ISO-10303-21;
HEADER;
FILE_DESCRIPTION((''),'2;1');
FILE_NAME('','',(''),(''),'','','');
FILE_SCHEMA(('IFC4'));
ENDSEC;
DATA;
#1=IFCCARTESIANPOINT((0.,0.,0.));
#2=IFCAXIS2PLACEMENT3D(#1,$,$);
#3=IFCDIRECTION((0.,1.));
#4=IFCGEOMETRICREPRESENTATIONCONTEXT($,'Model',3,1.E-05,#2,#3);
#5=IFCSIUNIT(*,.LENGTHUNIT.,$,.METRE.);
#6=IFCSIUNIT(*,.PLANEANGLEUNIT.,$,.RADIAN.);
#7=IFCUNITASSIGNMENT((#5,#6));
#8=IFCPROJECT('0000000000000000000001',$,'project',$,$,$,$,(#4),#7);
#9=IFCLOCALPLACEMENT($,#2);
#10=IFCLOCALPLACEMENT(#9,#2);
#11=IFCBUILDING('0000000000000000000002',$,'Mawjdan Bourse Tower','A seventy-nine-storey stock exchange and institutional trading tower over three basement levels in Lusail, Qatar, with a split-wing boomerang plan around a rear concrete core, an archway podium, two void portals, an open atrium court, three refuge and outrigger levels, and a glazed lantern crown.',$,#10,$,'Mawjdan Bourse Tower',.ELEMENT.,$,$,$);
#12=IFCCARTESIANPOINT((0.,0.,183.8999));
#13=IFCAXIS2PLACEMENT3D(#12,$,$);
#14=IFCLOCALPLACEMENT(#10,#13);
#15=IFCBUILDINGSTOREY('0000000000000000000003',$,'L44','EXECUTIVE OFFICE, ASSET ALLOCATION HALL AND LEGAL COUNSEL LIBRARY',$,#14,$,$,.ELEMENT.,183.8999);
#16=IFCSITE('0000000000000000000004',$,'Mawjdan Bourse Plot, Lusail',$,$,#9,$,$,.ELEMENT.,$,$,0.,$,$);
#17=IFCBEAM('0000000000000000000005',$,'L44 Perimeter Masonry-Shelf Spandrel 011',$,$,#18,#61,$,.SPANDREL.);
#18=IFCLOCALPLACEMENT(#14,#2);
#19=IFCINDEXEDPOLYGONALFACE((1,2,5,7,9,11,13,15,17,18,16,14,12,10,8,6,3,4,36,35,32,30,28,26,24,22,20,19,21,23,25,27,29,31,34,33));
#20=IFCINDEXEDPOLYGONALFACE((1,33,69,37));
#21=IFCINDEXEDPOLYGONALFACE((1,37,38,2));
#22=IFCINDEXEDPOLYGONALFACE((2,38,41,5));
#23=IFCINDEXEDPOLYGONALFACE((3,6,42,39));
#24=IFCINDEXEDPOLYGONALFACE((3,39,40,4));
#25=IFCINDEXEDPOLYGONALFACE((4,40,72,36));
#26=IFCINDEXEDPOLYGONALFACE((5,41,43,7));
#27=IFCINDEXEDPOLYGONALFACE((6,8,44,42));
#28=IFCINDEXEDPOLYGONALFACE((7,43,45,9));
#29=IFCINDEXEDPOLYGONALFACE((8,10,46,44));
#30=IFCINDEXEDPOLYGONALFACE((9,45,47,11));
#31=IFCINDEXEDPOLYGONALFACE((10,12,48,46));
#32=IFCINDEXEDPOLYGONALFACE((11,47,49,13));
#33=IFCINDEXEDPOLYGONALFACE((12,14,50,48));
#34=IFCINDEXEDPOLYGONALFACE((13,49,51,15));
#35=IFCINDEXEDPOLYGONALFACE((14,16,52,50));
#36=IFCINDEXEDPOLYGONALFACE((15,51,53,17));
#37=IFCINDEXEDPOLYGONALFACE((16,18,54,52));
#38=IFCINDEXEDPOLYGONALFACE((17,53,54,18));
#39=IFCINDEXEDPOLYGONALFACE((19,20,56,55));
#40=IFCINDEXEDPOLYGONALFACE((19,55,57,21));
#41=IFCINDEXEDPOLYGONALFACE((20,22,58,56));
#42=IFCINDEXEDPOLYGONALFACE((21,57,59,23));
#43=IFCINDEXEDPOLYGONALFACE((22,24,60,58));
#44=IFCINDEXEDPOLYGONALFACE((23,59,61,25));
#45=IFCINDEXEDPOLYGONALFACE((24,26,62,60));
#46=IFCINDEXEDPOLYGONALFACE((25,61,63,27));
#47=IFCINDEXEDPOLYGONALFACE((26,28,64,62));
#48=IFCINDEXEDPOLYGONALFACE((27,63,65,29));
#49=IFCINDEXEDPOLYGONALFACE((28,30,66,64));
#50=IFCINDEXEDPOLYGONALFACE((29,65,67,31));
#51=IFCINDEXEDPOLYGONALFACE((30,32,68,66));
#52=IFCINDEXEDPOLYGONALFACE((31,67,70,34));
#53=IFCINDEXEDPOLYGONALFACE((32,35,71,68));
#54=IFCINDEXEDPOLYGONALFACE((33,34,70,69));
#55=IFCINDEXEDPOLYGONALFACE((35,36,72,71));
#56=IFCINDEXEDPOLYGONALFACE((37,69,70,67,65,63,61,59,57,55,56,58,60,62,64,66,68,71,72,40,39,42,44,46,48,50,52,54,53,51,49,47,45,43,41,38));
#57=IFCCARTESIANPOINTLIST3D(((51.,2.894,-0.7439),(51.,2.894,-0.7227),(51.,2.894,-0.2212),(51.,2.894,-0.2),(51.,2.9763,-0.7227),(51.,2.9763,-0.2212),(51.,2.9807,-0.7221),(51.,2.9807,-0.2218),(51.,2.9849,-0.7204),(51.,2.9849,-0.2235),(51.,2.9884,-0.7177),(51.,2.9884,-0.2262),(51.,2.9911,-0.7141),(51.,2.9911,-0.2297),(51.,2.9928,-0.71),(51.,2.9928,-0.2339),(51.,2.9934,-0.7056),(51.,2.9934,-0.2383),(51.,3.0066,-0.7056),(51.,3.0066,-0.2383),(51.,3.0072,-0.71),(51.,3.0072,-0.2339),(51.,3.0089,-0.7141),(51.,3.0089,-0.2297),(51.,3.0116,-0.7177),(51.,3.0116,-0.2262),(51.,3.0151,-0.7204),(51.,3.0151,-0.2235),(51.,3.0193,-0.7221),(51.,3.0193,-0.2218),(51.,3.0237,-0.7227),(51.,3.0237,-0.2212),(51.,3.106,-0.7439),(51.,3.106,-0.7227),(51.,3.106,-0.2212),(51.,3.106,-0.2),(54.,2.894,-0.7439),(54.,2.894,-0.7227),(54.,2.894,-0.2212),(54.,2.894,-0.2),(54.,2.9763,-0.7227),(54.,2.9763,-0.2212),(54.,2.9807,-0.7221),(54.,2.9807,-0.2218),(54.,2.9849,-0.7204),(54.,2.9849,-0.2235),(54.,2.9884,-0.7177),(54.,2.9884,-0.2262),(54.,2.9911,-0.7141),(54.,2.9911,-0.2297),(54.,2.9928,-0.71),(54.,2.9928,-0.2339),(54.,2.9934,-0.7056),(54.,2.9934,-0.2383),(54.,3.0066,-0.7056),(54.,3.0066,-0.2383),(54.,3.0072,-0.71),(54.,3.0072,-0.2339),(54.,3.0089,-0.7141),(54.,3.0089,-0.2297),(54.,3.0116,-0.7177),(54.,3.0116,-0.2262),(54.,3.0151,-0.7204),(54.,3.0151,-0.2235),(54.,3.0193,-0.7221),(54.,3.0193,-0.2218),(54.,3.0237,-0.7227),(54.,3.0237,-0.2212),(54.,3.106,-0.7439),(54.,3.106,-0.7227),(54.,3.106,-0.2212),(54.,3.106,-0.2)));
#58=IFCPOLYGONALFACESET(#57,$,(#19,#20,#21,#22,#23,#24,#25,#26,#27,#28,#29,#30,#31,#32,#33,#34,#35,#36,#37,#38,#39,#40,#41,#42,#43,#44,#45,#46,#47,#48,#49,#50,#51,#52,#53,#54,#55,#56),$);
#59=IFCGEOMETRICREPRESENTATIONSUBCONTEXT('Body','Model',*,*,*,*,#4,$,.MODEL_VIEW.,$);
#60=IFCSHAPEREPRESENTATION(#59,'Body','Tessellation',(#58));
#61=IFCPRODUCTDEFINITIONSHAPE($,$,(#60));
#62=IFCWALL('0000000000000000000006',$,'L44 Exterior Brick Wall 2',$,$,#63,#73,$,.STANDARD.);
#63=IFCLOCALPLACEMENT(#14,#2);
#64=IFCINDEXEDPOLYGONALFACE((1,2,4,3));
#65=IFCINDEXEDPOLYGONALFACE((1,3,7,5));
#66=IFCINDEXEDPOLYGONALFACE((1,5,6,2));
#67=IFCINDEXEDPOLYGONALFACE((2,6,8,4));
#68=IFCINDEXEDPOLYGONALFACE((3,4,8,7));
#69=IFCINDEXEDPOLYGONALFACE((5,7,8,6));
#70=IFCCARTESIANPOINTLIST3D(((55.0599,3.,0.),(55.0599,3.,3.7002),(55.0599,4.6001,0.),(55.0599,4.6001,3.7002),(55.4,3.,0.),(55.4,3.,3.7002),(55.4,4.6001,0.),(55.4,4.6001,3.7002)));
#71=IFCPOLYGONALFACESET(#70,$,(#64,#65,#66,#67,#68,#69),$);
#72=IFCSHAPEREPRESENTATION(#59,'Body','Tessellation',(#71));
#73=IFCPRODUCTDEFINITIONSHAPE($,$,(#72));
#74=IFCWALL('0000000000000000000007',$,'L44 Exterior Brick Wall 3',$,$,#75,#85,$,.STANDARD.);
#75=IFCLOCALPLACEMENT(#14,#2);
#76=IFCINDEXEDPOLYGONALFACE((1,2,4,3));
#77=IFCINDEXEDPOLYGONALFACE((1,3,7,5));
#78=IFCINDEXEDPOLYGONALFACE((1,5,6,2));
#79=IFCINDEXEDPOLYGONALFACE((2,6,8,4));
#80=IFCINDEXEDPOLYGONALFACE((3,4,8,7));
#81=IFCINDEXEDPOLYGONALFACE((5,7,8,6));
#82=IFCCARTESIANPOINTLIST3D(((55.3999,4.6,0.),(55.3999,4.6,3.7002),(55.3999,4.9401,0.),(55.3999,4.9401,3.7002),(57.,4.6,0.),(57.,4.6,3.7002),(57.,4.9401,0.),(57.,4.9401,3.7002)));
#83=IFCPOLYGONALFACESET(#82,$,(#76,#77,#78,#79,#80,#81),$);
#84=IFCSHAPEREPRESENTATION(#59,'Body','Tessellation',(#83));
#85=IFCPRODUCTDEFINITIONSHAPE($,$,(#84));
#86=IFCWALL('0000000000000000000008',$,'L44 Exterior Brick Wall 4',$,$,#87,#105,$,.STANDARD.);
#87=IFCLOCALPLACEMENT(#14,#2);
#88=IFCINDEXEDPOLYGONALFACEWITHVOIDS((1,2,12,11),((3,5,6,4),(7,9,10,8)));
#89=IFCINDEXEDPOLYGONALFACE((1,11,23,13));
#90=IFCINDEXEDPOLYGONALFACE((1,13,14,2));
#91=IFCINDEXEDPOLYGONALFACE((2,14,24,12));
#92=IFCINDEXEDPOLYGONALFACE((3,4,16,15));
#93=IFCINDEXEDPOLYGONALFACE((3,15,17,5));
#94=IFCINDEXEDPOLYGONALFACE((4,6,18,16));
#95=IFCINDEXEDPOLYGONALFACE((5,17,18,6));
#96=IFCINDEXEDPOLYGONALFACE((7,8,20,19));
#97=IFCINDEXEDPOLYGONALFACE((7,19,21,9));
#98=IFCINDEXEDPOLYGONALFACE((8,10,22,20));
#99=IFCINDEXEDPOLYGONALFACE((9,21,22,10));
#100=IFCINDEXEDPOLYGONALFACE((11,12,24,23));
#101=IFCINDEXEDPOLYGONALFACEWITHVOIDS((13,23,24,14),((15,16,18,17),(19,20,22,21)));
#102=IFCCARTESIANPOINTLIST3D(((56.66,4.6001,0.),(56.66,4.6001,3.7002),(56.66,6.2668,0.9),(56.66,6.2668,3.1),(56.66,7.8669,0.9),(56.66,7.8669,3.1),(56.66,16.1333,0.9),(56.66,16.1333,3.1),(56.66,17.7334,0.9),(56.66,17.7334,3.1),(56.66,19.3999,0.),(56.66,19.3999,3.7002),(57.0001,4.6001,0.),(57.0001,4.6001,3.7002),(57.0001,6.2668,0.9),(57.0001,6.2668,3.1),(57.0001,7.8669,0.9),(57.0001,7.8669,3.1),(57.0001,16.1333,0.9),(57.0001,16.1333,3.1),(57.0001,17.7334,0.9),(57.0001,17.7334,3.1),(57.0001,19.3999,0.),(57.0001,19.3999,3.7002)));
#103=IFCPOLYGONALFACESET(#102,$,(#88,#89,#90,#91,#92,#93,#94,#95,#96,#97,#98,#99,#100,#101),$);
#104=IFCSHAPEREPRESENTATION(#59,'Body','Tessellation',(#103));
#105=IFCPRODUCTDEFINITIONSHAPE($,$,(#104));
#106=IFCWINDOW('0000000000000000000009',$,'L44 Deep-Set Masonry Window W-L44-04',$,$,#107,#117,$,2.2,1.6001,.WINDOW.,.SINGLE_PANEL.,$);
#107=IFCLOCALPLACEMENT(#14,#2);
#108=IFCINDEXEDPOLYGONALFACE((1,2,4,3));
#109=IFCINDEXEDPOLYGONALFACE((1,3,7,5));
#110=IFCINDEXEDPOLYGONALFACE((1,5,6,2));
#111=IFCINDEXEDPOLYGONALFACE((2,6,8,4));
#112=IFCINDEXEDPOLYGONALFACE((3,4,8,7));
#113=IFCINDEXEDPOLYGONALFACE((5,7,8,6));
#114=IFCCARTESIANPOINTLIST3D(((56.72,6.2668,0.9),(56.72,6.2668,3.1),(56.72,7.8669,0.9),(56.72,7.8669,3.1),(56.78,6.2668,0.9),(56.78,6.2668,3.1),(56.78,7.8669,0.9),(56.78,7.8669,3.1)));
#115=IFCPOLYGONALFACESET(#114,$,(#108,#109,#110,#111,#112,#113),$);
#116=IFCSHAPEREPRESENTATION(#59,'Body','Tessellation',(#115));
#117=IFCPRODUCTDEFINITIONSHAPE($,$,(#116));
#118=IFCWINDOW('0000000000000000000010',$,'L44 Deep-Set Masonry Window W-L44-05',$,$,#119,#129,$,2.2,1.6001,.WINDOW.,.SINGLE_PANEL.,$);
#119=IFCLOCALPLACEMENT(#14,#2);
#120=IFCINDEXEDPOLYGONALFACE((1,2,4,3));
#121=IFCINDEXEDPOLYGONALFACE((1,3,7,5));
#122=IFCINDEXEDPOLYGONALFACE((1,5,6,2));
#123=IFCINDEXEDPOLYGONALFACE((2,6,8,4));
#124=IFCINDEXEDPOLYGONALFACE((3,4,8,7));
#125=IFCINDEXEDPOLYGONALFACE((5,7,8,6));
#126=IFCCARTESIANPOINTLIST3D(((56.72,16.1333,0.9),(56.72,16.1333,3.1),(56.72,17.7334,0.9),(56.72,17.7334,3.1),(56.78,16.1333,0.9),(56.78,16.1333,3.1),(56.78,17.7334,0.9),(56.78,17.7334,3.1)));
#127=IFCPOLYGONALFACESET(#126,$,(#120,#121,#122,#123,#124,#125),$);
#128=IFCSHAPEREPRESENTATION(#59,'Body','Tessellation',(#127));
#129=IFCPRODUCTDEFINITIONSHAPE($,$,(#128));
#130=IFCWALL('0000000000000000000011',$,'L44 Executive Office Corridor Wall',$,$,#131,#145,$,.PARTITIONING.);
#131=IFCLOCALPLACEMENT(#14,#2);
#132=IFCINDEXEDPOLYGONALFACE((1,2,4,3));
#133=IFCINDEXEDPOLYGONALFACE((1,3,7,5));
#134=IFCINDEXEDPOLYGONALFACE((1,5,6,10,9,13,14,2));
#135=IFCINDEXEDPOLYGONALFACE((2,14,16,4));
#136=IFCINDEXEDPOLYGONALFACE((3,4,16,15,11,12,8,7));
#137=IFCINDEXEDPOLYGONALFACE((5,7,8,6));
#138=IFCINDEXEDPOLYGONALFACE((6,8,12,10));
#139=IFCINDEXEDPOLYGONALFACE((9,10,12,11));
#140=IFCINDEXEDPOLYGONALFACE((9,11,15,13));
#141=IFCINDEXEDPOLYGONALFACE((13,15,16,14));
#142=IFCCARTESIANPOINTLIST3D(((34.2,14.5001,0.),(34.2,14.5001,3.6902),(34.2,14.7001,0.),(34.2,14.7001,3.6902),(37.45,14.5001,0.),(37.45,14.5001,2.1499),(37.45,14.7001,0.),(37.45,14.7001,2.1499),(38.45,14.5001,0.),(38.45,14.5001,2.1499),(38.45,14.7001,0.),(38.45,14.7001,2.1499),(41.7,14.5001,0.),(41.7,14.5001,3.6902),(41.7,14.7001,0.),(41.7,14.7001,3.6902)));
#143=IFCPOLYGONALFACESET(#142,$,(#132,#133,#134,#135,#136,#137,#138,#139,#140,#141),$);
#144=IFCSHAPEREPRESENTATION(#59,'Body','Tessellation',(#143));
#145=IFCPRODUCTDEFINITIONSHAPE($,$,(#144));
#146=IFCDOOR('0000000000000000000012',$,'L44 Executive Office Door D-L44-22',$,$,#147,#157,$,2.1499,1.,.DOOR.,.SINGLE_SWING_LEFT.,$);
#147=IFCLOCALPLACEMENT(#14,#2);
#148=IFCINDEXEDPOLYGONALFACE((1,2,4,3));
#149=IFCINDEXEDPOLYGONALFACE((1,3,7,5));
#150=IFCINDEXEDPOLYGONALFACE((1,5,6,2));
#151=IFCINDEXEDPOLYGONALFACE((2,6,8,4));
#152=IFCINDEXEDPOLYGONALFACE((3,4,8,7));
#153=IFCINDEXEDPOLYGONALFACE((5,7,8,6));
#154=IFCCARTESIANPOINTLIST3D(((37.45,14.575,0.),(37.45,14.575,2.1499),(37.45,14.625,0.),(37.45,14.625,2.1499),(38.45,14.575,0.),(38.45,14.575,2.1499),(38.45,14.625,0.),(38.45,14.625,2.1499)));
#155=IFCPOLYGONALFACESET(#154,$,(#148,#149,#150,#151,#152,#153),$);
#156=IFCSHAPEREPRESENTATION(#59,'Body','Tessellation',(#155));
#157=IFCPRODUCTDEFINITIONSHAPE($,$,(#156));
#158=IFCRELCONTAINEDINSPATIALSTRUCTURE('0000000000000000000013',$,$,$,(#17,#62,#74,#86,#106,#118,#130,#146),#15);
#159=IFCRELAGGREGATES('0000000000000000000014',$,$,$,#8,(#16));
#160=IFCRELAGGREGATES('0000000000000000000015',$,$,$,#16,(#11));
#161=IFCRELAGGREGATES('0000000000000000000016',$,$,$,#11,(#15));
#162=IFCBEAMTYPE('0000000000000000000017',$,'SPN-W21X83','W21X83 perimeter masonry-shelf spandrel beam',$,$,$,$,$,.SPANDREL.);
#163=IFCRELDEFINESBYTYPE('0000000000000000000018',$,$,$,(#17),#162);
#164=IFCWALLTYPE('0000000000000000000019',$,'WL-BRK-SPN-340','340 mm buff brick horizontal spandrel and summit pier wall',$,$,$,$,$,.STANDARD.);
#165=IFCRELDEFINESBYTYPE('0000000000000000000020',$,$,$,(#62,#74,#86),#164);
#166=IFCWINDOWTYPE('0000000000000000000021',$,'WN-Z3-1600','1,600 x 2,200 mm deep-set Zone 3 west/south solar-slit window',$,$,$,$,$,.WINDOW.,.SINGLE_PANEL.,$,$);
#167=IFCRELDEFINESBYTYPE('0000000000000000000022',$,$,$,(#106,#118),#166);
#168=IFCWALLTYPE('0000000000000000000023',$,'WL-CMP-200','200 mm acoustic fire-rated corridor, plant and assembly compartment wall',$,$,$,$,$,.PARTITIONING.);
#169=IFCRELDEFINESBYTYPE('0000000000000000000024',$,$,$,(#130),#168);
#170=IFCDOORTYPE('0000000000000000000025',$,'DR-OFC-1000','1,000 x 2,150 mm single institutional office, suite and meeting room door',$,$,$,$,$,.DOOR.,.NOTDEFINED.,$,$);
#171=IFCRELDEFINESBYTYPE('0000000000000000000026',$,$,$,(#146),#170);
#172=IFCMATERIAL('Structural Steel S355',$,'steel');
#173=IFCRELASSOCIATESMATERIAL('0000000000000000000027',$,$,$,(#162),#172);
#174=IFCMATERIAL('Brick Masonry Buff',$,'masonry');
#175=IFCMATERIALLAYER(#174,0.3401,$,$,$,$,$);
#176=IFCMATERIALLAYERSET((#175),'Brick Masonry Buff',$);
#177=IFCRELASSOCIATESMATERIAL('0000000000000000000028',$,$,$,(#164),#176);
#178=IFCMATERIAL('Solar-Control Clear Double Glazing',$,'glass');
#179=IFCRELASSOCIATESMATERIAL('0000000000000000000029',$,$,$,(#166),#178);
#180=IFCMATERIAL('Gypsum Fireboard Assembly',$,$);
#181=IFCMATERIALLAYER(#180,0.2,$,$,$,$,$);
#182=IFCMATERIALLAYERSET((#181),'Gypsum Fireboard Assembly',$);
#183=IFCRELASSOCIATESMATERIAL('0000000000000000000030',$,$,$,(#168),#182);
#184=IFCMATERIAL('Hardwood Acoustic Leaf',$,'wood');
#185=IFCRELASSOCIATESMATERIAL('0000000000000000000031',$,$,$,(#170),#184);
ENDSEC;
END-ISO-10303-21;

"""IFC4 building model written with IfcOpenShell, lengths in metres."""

from ifc_helpers import new_model, si_unit, direction, frame, frame_2d, origin, origin_2d, place, context, subcontext, project, spatial, rectangle, i_section, extrude, material, layer, layer_set, material_profile, profile_set, type_object, element, fill, save


model = new_model("IFC4")

# Units and contexts
model_context = context("Model", 3, precision=1e-05, world=origin(), true_north=direction((0.0, 1.0)))
body_context = subcontext(model_context, "Body", "Model", "MODEL_VIEW")
ifc_project = project(units=[si_unit("LENGTHUNIT", "METRE"), si_unit("PLANEANGLEUNIT", "RADIAN")], contexts=[model_context])

# Site, building, storey
site_placement = place(None, origin())
site = spatial("IfcSite", under=ifc_project, at=site_placement, Name="Mawjdan Bourse Plot, Lusail", CompositionType="ELEMENT", RefElevation=0.0)
building_placement = place(site_placement, origin())
building = spatial("IfcBuilding", under=site, at=building_placement, Name="Mawjdan Bourse Tower", Description="A seventy-nine-storey stock exchange and institutional trading tower over three basement levels in Lusail, Qatar, with a split-wing boomerang plan around a rear concrete core, an archway podium, two void portals, an open atrium court, three refuge and outrigger levels, and a glazed lantern crown.", LongName="Mawjdan Bourse Tower", CompositionType="ELEMENT")
storey_placement = place(building_placement, frame((0.0, 0.0, 183.8999)))
storey = spatial("IfcBuildingStorey", under=building, at=storey_placement, Name="L44", Description="EXECUTIVE OFFICE, ASSET ALLOCATION HALL AND LEGAL COUNSEL LIBRARY", CompositionType="ELEMENT", Elevation=183.8999)

# Beam
ifc_material_1 = material(Name="Structural Steel S355", Category="steel")
ifc_material_profile_1 = material_profile(ifc_material_1, i_section(OverallWidth=0.2119, OverallDepth=0.5439, WebThickness=0.0132, FlangeThickness=0.0212, FilletRadius=0.0171, at=origin_2d()), Name="W21X83")
ifc_profile_set_1 = profile_set([ifc_material_profile_1], Name="Structural Steel S355")
beam_type_1 = type_object("IfcBeamType", Name="SPN-W21X83", Description="W21X83 perimeter masonry-shelf spandrel beam", PredefinedType="SPANDREL", material=ifc_profile_set_1)
for number, where, z_axis, x_axis, name in (
    (1, (51.0, 3.0, -0.4719), (1.0, 0.0, 0.0), (0.0, 1.0, 0.0), "L44 Perimeter Masonry-Shelf Spandrel 011"),
):
    element("IfcBeam", number, at=place(storey_placement, frame(where, z_axis=z_axis, x_axis=x_axis)), inside=storey, type_object=beam_type_1, Name=name, PredefinedType="SPANDREL", context=body_context, shape_type="SweptSolid", body=[
        extrude(i_section(OverallWidth=0.2119, OverallDepth=0.5439, WebThickness=0.0132, FlangeThickness=0.0212, FilletRadius=0.0171, at=origin_2d()), origin(), (0.0, 0.0, 1.0), 3.0),
    ])

# Walls
ifc_material_2 = material(Name="Brick Masonry Buff", Category="masonry")
ifc_layer_1 = layer(ifc_material_2, 0.3401)
ifc_layer_set_1 = layer_set([ifc_layer_1], Name="Brick Masonry Buff")
wall_type_1 = type_object("IfcWallType", Name="WL-BRK-SPN-340", Description="340 mm buff brick horizontal spandrel and summit pier wall", PredefinedType="STANDARD", material=ifc_layer_set_1)
for number, where, z_axis, x_axis, name in (
    (2, (55.23, 3.0, 0.0), (0.0, 0.0, 1.0), (0.0, 1.0, 0.0), "L44 Exterior Brick Wall 2"),
    (3, (55.3999, 4.77, 0.0), (0.0, 0.0, 1.0), (1.0, 0.0, 0.0), "L44 Exterior Brick Wall 3"),
):
    element("IfcWall", number, at=place(storey_placement, frame(where, z_axis=z_axis, x_axis=x_axis)), inside=storey, type_object=wall_type_1, Name=name, PredefinedType="STANDARD", context=body_context, shape_type="SweptSolid", body=[
        extrude(rectangle(XDim=1.6001, YDim=0.3401, at=frame_2d((0.8, 0.0))), origin(), (0.0, 0.0, 1.0), 3.7002),
    ])

# Wall, openings, windows
wall_1_placement = place(storey_placement, frame((56.8301, 4.6001, 0.0), z_axis=(0.0, 0.0, 1.0), x_axis=(0.0, 1.0, 0.0)))
wall_1 = element("IfcWall", 4, at=wall_1_placement, inside=storey, type_object=wall_type_1, Name="L44 Exterior Brick Wall 4", PredefinedType="STANDARD", context=body_context, shape_type="SweptSolid", body=[
    extrude(rectangle(XDim=14.7998, YDim=0.3401, at=frame_2d((7.3999, 0.0))), origin(), (0.0, 0.0, 1.0), 3.7002),
])
opening_1_placement = place(wall_1_placement, frame((1.6667, 0.0, 0.8999)))
opening_1 = element("IfcOpeningElement", 5, at=opening_1_placement, cuts=wall_1, PredefinedType="OPENING", context=body_context, shape_type="SweptSolid", body=[
    extrude(rectangle(XDim=1.6001, YDim=2.2, at=frame_2d((0.8, 1.1001))), frame((0.0, 0.1802, 0.0), z_axis=(0.0, -1.0, 0.0), x_axis=(1.0, 0.0, 0.0)), (0.0, 0.0, 1.0), 0.3601),
])
opening_2_placement = place(wall_1_placement, frame((11.5332, 0.0, 0.8999)))
opening_2 = element("IfcOpeningElement", 6, at=opening_2_placement, cuts=wall_1, PredefinedType="OPENING", context=body_context, shape_type="SweptSolid", body=[
    extrude(rectangle(XDim=1.6001, YDim=2.2, at=frame_2d((0.8, 1.1001))), frame((0.0, 0.1802, 0.0), z_axis=(0.0, -1.0, 0.0), x_axis=(1.0, 0.0, 0.0)), (0.0, 0.0, 1.0), 0.3601),
])
ifc_material_3 = material(Name="Solar-Control Clear Double Glazing", Category="glass")
window_type = type_object("IfcWindowType", Name="WN-Z3-1600", Description="1,600 x 2,200 mm deep-set Zone 3 west/south solar-slit window", PartitioningType="SINGLE_PANEL", PredefinedType="WINDOW", material=ifc_material_3)
window_1_placement = place(opening_1_placement, origin())
window_1 = element("IfcWindow", 7, at=window_1_placement, inside=storey, type_object=window_type, Name="L44 Deep-Set Masonry Window W-L44-04", OverallHeight=2.2, OverallWidth=1.6001, PartitioningType="SINGLE_PANEL", PredefinedType="WINDOW", context=body_context, shape_type="SweptSolid", body=[
    extrude(rectangle(XDim=1.6001, YDim=2.2, at=frame_2d((0.8, 1.1001))), frame((0.0, 0.1101, 0.0), z_axis=(0.0, -1.0, 0.0), x_axis=(1.0, 0.0, 0.0)), (0.0, 0.0, 1.0), 0.0601),
])
fill(opening_1, window_1)
window_2_placement = place(opening_2_placement, origin())
window_2 = element("IfcWindow", 8, at=window_2_placement, inside=storey, type_object=window_type, Name="L44 Deep-Set Masonry Window W-L44-05", OverallHeight=2.2, OverallWidth=1.6001, PartitioningType="SINGLE_PANEL", PredefinedType="WINDOW", context=body_context, shape_type="SweptSolid", body=[
    extrude(rectangle(XDim=1.6001, YDim=2.2, at=frame_2d((0.8, 1.1001))), frame((0.0, 0.1101, 0.0), z_axis=(0.0, -1.0, 0.0), x_axis=(1.0, 0.0, 0.0)), (0.0, 0.0, 1.0), 0.0601),
])
fill(opening_2, window_2)

# Wall, opening, door
ifc_material_4 = material(Name="Gypsum Fireboard Assembly")
ifc_layer_2 = layer(ifc_material_4, 0.2)
ifc_layer_set_2 = layer_set([ifc_layer_2], Name="Gypsum Fireboard Assembly")
wall_type_2 = type_object("IfcWallType", Name="WL-CMP-200", Description="200 mm acoustic fire-rated corridor, plant and assembly compartment wall", PredefinedType="PARTITIONING", material=ifc_layer_set_2)
wall_2_placement = place(storey_placement, frame((34.2, 14.6001, 0.0), z_axis=(0.0, 0.0, 1.0), x_axis=(1.0, 0.0, 0.0)))
wall_2 = element("IfcWall", 9, at=wall_2_placement, inside=storey, type_object=wall_type_2, Name="L44 Executive Office Corridor Wall", PredefinedType="PARTITIONING", context=body_context, shape_type="SweptSolid", body=[
    extrude(rectangle(XDim=7.5, YDim=0.2, at=frame_2d((3.75, 0.0))), origin(), (0.0, 0.0, 1.0), 3.6902),
])
opening_3_placement = place(wall_2_placement, frame((3.25, 0.0, 0.0)))
opening_3 = element("IfcOpeningElement", 10, at=opening_3_placement, cuts=wall_2, PredefinedType="OPENING", context=body_context, shape_type="SweptSolid", body=[
    extrude(rectangle(XDim=1.0, YDim=2.1499, at=frame_2d((0.5, 1.075))), frame((0.0, 0.1099, 0.0), z_axis=(0.0, -1.0, 0.0), x_axis=(1.0, 0.0, 0.0)), (0.0, 0.0, 1.0), 0.22),
])
ifc_material_5 = material(Name="Hardwood Acoustic Leaf", Category="wood")
door_type_1 = type_object("IfcDoorType", Name="DR-OFC-1000", Description="1,000 x 2,150 mm single institutional office, suite and meeting room door", OperationType="NOTDEFINED", PredefinedType="DOOR", material=ifc_material_5)
door_1_placement = place(opening_3_placement, origin())
door_1 = element("IfcDoor", 11, at=door_1_placement, inside=storey, type_object=door_type_1, Name="L44 Executive Office Door D-L44-22", OperationType="SINGLE_SWING_LEFT", OverallHeight=2.1499, OverallWidth=1.0, PredefinedType="DOOR", context=body_context, shape_type="SweptSolid", body=[
    extrude(rectangle(XDim=1.0, YDim=2.1499, at=frame_2d((0.5, 1.075))), frame((0.0, 0.0249, 0.0), z_axis=(0.0, -1.0, 0.0), x_axis=(1.0, 0.0, 0.0)), (0.0, 0.0, 1.0), 0.05),
])
fill(opening_3, door_1)

save(model, "model.ifc")
